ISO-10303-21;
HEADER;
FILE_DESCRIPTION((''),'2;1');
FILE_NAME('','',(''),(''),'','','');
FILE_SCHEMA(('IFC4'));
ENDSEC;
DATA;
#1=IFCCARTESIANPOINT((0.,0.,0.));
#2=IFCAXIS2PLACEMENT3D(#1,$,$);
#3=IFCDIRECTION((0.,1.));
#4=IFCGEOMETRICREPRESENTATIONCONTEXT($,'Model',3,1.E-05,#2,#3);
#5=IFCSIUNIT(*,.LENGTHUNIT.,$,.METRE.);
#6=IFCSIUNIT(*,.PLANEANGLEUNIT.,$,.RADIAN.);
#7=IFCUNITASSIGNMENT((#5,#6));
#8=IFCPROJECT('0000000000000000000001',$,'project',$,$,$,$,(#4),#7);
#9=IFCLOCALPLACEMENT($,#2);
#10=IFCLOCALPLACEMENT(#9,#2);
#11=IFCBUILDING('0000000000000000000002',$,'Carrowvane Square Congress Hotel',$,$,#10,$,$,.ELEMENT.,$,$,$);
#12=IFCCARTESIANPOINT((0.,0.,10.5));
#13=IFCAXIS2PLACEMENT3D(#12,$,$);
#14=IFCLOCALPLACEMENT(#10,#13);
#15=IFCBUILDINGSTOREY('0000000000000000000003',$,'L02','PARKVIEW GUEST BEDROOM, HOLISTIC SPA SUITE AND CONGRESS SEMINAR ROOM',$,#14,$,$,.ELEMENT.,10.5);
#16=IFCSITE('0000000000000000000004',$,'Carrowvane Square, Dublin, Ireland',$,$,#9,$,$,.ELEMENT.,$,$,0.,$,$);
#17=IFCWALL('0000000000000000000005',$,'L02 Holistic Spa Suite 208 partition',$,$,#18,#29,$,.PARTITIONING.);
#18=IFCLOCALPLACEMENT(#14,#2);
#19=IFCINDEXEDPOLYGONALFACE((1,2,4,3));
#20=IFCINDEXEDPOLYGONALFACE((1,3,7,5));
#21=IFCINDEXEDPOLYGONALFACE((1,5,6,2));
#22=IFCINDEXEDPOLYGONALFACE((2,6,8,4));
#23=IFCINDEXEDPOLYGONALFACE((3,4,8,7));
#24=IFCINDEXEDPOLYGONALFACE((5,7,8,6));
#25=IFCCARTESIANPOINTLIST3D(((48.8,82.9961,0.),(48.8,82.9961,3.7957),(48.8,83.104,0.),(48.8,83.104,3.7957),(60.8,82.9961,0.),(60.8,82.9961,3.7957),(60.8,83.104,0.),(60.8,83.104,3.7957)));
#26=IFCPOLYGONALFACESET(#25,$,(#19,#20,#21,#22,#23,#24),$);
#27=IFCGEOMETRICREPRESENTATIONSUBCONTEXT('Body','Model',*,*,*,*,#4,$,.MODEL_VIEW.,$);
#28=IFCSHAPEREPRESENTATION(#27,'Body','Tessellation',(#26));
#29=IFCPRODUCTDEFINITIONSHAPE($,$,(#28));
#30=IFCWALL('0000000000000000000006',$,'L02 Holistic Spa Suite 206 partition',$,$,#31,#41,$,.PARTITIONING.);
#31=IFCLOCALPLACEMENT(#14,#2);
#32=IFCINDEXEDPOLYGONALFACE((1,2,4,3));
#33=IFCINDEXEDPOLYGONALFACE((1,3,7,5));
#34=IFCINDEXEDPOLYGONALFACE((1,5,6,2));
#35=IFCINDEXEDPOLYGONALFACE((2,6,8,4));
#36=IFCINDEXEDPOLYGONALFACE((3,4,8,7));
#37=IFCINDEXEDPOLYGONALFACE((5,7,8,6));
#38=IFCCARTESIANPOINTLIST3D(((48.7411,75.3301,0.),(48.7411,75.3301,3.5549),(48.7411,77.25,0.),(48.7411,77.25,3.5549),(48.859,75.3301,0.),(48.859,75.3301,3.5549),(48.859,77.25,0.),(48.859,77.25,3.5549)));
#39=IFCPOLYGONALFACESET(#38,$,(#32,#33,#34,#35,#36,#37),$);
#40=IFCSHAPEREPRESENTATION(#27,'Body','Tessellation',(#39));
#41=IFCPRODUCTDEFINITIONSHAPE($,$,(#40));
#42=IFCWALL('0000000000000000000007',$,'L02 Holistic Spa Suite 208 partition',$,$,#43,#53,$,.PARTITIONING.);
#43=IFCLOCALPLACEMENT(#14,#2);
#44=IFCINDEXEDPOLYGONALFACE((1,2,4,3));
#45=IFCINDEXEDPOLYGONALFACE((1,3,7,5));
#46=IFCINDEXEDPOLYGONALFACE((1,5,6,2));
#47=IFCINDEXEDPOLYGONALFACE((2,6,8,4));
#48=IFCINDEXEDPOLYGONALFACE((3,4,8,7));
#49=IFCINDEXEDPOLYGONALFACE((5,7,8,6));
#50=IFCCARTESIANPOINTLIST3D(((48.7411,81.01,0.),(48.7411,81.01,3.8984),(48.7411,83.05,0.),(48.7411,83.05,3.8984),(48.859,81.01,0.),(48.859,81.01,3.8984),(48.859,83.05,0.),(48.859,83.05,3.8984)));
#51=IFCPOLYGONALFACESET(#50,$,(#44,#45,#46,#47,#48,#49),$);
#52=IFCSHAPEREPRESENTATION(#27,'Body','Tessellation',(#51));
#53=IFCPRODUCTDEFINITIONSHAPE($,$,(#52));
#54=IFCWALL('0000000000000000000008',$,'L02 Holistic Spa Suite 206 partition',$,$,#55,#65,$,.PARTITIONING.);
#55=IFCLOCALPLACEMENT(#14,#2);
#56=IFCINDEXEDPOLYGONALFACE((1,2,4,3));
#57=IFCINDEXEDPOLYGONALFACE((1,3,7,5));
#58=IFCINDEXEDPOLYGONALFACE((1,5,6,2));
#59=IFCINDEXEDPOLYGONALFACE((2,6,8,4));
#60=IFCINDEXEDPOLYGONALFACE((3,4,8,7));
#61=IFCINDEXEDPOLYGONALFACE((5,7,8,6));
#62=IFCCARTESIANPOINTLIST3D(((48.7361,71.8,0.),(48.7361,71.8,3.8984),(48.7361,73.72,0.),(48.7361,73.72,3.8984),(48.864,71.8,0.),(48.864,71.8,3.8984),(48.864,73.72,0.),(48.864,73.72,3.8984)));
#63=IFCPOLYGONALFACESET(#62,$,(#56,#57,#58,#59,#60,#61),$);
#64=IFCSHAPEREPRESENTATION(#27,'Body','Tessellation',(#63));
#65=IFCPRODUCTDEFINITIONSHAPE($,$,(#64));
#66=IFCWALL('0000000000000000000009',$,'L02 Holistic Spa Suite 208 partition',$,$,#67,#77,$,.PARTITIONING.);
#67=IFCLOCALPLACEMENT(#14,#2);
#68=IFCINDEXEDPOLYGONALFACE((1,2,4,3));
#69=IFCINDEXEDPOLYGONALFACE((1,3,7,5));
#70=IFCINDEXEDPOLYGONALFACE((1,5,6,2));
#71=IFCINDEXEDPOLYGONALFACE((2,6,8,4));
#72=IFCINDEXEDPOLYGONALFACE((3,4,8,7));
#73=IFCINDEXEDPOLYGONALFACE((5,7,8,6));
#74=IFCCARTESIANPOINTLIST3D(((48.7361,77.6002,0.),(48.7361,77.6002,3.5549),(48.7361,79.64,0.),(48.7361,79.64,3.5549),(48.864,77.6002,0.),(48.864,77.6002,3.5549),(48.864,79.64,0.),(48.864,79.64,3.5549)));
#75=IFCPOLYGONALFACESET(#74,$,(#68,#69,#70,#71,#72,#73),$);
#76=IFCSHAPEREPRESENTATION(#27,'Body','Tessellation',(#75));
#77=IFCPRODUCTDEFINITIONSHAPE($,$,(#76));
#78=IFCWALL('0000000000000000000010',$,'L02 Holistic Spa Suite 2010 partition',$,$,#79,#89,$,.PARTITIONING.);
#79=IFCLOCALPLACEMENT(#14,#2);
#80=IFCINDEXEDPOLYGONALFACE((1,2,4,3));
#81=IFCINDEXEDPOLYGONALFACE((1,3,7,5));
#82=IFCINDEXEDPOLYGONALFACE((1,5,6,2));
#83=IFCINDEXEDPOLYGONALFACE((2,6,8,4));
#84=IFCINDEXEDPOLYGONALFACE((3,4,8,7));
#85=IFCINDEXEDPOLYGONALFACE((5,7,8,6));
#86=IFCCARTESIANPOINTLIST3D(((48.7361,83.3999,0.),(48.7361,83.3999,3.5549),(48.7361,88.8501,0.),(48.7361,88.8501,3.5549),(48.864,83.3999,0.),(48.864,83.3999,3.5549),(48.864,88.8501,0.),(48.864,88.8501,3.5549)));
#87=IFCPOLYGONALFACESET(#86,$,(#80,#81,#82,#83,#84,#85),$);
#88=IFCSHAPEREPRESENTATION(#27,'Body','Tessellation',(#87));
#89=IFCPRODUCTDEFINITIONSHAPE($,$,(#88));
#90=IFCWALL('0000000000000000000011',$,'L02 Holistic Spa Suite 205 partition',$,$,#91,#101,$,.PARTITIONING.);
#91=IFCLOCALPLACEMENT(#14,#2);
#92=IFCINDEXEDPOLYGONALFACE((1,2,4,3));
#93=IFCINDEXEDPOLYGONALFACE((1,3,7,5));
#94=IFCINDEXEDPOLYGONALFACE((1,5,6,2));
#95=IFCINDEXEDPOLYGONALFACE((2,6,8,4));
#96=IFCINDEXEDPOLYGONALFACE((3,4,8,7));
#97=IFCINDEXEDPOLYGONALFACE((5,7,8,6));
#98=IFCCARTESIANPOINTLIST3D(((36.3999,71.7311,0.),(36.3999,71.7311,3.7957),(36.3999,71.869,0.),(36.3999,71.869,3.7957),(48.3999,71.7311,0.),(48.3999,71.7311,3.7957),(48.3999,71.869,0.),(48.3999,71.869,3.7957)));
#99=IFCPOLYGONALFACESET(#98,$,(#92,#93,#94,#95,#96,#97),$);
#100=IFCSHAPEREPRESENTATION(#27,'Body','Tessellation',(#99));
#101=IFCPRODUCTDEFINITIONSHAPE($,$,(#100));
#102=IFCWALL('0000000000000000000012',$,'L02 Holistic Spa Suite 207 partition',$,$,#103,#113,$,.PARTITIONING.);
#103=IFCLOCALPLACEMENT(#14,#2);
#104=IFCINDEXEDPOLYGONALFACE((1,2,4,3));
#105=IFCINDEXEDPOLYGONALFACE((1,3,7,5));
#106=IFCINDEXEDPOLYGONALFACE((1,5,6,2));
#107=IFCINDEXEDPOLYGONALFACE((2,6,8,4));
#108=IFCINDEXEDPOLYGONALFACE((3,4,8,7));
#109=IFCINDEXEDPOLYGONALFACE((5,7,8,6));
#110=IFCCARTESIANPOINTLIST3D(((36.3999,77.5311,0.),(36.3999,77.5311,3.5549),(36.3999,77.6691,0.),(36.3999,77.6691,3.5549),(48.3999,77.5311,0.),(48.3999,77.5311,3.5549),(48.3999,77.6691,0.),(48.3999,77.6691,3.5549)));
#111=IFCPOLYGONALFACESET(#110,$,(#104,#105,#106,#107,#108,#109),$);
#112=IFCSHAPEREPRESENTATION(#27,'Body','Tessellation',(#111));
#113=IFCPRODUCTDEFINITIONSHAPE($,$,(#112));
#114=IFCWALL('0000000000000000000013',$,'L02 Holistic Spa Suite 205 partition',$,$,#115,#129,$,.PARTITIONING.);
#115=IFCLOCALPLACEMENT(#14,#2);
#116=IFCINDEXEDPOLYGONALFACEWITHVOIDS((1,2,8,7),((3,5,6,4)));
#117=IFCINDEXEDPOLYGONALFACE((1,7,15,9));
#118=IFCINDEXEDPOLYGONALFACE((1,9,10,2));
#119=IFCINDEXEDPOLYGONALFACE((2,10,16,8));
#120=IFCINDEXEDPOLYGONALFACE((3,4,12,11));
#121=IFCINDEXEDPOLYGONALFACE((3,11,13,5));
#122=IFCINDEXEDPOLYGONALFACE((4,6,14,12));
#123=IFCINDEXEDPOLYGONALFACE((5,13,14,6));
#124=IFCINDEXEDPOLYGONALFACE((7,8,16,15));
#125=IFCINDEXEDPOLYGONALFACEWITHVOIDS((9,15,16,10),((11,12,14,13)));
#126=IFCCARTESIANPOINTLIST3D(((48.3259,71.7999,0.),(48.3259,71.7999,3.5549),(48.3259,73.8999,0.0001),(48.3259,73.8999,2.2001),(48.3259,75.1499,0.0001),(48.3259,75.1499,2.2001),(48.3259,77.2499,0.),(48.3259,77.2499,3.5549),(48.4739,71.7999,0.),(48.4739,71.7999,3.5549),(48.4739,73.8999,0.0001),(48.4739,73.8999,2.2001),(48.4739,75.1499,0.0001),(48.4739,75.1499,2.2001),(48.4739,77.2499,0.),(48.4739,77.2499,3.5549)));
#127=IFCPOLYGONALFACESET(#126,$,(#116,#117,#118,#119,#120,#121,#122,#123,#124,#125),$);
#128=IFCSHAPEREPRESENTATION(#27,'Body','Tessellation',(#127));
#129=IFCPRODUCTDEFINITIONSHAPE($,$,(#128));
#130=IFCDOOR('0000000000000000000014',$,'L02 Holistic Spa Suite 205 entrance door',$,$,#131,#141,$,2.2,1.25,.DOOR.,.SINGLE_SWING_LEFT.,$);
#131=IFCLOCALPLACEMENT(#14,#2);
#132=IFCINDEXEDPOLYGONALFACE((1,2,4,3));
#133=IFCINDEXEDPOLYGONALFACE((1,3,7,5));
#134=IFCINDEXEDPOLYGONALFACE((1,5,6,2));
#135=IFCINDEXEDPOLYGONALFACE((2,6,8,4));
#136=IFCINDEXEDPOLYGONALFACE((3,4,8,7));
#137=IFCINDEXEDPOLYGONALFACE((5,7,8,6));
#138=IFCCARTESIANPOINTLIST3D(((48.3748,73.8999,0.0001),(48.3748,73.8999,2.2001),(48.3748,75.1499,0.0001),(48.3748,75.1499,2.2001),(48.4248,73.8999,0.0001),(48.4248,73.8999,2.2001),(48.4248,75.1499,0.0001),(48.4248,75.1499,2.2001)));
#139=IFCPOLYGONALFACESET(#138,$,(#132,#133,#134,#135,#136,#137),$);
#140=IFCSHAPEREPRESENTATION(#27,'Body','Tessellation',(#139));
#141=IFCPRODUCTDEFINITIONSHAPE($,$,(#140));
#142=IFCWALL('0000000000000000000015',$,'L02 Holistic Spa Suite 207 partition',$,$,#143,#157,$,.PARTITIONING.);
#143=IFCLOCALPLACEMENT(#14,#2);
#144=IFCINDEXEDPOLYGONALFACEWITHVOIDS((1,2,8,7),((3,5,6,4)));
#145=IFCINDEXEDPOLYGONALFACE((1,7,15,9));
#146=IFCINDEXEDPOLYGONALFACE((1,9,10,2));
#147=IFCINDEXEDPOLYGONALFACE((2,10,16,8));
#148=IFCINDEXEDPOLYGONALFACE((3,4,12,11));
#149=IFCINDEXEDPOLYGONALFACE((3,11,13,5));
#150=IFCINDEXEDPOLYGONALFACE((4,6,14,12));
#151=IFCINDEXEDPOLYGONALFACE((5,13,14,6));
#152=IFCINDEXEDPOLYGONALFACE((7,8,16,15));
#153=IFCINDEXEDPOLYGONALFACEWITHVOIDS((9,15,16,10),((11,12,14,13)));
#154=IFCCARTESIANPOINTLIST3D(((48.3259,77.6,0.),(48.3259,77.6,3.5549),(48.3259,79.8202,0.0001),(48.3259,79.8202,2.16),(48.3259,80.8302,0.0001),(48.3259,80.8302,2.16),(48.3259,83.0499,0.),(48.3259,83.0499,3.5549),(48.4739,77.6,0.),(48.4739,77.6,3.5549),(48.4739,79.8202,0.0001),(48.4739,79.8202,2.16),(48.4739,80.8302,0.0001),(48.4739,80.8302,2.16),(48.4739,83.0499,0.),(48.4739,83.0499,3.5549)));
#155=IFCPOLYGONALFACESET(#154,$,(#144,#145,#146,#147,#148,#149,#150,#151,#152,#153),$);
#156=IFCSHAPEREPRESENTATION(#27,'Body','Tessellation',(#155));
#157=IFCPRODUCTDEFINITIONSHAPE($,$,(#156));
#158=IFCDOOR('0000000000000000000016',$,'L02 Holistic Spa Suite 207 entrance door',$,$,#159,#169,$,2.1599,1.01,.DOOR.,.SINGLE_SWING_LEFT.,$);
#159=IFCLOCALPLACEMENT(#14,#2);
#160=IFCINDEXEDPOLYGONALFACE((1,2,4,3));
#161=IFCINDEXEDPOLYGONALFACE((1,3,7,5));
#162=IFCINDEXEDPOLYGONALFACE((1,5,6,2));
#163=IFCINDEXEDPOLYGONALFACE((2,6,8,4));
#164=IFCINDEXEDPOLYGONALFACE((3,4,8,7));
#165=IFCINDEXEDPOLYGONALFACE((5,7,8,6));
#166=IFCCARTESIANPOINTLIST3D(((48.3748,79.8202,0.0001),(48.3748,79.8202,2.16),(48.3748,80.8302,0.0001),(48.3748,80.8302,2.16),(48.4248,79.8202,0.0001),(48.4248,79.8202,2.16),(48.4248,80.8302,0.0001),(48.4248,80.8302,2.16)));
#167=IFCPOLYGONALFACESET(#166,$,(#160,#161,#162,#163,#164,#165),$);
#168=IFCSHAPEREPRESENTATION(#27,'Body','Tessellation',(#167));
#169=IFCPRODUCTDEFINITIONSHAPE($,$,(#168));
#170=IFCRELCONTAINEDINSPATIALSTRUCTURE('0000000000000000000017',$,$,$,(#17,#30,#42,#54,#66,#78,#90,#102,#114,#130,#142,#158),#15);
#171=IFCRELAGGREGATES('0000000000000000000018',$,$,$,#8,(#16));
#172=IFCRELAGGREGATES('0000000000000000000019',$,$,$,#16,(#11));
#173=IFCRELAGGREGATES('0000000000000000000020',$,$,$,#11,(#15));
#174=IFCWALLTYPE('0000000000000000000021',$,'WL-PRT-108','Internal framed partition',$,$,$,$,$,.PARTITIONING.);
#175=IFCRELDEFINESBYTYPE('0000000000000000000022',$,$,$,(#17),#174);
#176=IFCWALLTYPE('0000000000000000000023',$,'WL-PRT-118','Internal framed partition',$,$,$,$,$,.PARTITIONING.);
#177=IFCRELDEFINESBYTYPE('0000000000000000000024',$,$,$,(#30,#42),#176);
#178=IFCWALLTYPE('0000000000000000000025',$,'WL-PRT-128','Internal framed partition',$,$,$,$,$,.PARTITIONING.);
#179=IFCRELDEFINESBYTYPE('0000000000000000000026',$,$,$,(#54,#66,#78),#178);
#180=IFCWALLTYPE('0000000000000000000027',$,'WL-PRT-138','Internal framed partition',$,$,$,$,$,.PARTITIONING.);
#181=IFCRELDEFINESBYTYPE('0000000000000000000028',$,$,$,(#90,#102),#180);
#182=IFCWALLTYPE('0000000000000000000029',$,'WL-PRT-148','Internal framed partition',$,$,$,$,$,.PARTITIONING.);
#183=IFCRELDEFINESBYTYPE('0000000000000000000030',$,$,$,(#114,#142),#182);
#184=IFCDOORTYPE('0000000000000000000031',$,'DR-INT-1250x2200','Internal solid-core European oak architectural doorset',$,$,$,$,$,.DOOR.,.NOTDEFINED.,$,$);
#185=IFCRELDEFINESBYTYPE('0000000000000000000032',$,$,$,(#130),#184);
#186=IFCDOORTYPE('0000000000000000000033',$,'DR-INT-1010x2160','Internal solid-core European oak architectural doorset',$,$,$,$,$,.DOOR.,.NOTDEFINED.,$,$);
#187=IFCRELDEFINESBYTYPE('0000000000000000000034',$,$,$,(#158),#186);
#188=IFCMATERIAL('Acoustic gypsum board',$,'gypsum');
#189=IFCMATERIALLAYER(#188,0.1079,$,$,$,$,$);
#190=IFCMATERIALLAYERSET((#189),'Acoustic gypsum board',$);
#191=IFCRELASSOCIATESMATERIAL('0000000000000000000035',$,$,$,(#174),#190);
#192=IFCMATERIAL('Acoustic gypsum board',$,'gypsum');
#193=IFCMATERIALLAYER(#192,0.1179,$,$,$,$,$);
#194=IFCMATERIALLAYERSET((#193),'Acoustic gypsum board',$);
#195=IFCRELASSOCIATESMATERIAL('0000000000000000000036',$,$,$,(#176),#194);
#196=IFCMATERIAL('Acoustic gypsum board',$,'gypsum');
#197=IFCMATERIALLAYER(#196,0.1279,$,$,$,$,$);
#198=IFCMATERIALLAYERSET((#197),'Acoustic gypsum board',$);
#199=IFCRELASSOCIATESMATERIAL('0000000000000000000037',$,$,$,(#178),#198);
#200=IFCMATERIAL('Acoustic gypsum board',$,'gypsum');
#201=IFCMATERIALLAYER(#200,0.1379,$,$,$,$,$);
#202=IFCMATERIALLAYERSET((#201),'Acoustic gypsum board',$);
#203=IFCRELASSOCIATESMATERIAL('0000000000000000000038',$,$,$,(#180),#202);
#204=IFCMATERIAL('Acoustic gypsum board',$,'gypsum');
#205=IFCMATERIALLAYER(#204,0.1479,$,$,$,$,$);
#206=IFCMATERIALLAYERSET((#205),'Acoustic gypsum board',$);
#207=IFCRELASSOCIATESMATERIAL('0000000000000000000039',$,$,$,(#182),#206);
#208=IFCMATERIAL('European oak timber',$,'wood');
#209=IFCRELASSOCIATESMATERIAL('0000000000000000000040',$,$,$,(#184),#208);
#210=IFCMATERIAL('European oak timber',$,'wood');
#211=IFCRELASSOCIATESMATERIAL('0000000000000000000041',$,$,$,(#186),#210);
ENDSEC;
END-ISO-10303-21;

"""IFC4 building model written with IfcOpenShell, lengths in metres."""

from ifc_helpers import new_model, si_unit, direction, frame, frame_2d, origin, place, context, subcontext, project, spatial, rectangle, extrude, material, layer, layer_set, type_object, element, fill, save


model = new_model("IFC4")

# Units and contexts
model_context = context("Model", 3, precision=1e-05, world=origin(), true_north=direction((0.0, 1.0)))
body_context = subcontext(model_context, "Body", "Model", "MODEL_VIEW")
ifc_project = project(units=[si_unit("LENGTHUNIT", "METRE"), si_unit("PLANEANGLEUNIT", "RADIAN")], contexts=[model_context])

# Site, building, storey
site_placement = place(None, origin())
site = spatial("IfcSite", under=ifc_project, at=site_placement, Name="Carrowvane Square, Dublin, Ireland", CompositionType="ELEMENT", RefElevation=0.0)
building_placement = place(site_placement, origin())
building = spatial("IfcBuilding", under=site, at=building_placement, Name="Carrowvane Square Congress Hotel", CompositionType="ELEMENT")
storey_placement = place(building_placement, frame((0.0, 0.0, 10.5)))
storey = spatial("IfcBuildingStorey", under=building, at=storey_placement, Name="L02", Description="PARKVIEW GUEST BEDROOM, HOLISTIC SPA SUITE AND CONGRESS SEMINAR ROOM", CompositionType="ELEMENT", Elevation=10.5)

# Walls
ifc_material_1 = material(Name="Acoustic gypsum board", Category="gypsum")
ifc_layer_1 = layer(ifc_material_1, 0.1079)
ifc_layer_set_1 = layer_set([ifc_layer_1], Name="Acoustic gypsum board")
wall_type_1 = type_object("IfcWallType", Name="WL-PRT-108", Description="Internal framed partition", PredefinedType="PARTITIONING", material=ifc_layer_set_1)
wall_1_placement = place(storey_placement, frame((48.8, 83.05, 0.0), z_axis=(0.0, 0.0, 1.0), x_axis=(1.0, 0.0, 0.0)))
element("IfcWall", 1, at=wall_1_placement, inside=storey, type_object=wall_type_1, Name="L02 Holistic Spa Suite 208 partition", PredefinedType="PARTITIONING", context=body_context, shape_type="SweptSolid", body=[
    extrude(rectangle(XDim=12.0, YDim=0.1079, at=frame_2d((6.0, 0.0))), origin(), (0.0, 0.0, 1.0), 3.7957),
])
ifc_material_2 = material(Name="Acoustic gypsum board", Category="gypsum")
ifc_layer_2 = layer(ifc_material_2, 0.1179)
ifc_layer_set_2 = layer_set([ifc_layer_2], Name="Acoustic gypsum board")
wall_type_2 = type_object("IfcWallType", Name="WL-PRT-118", Description="Internal framed partition", PredefinedType="PARTITIONING", material=ifc_layer_set_2)
wall_2_placement = place(storey_placement, frame((48.8, 75.3301, 0.0), z_axis=(0.0, 0.0, 1.0), x_axis=(0.0, 1.0, 0.0)))
element("IfcWall", 2, at=wall_2_placement, inside=storey, type_object=wall_type_2, Name="L02 Holistic Spa Suite 206 partition", PredefinedType="PARTITIONING", context=body_context, shape_type="SweptSolid", body=[
    extrude(rectangle(XDim=1.9199, YDim=0.1179, at=frame_2d((0.96, 0.0))), origin(), (0.0, 0.0, 1.0), 3.5549),
])
wall_3_placement = place(storey_placement, frame((48.8, 81.01, 0.0), z_axis=(0.0, 0.0, 1.0), x_axis=(0.0, 1.0, 0.0)))
element("IfcWall", 3, at=wall_3_placement, inside=storey, type_object=wall_type_2, Name="L02 Holistic Spa Suite 208 partition", PredefinedType="PARTITIONING", context=body_context, shape_type="SweptSolid", body=[
    extrude(rectangle(XDim=2.04, YDim=0.1179, at=frame_2d((1.02, 0.0))), origin(), (0.0, 0.0, 1.0), 3.8984),
])
ifc_material_3 = material(Name="Acoustic gypsum board", Category="gypsum")
ifc_layer_3 = layer(ifc_material_3, 0.1279)
ifc_layer_set_3 = layer_set([ifc_layer_3], Name="Acoustic gypsum board")
wall_type_3 = type_object("IfcWallType", Name="WL-PRT-128", Description="Internal framed partition", PredefinedType="PARTITIONING", material=ifc_layer_set_3)
wall_4_placement = place(storey_placement, frame((48.8, 71.8, 0.0), z_axis=(0.0, 0.0, 1.0), x_axis=(0.0, 1.0, 0.0)))
element("IfcWall", 4, at=wall_4_placement, inside=storey, type_object=wall_type_3, Name="L02 Holistic Spa Suite 206 partition", PredefinedType="PARTITIONING", context=body_context, shape_type="SweptSolid", body=[
    extrude(rectangle(XDim=1.9199, YDim=0.1279, at=frame_2d((0.96, 0.0))), origin(), (0.0, 0.0, 1.0), 3.8984),
])
wall_5_placement = place(storey_placement, frame((48.8, 77.6001, 0.0), z_axis=(0.0, 0.0, 1.0), x_axis=(0.0, 1.0, 0.0)))
element("IfcWall", 5, at=wall_5_placement, inside=storey, type_object=wall_type_3, Name="L02 Holistic Spa Suite 208 partition", PredefinedType="PARTITIONING", context=body_context, shape_type="SweptSolid", body=[
    extrude(rectangle(XDim=2.0398, YDim=0.1279, at=frame_2d((1.02, 0.0))), origin(), (0.0, 0.0, 1.0), 3.5549),
])
wall_6_placement = place(storey_placement, frame((48.8, 83.3999, 0.0), z_axis=(0.0, 0.0, 1.0), x_axis=(0.0, 1.0, 0.0)))
element("IfcWall", 6, at=wall_6_placement, inside=storey, type_object=wall_type_3, Name="L02 Holistic Spa Suite 2010 partition", PredefinedType="PARTITIONING", context=body_context, shape_type="SweptSolid", body=[
    extrude(rectangle(XDim=5.4502, YDim=0.1279, at=frame_2d((2.7251, 0.0))), origin(), (0.0, 0.0, 1.0), 3.5549),
])
ifc_material_4 = material(Name="Acoustic gypsum board", Category="gypsum")
ifc_layer_4 = layer(ifc_material_4, 0.1379)
ifc_layer_set_4 = layer_set([ifc_layer_4], Name="Acoustic gypsum board")
wall_type_4 = type_object("IfcWallType", Name="WL-PRT-138", Description="Internal framed partition", PredefinedType="PARTITIONING", material=ifc_layer_set_4)
wall_7_placement = place(storey_placement, frame((48.3999, 71.8, 0.0), z_axis=(0.0, 0.0, 1.0), x_axis=(-1.0, 0.0, 0.0)))
element("IfcWall", 7, at=wall_7_placement, inside=storey, type_object=wall_type_4, Name="L02 Holistic Spa Suite 205 partition", PredefinedType="PARTITIONING", context=body_context, shape_type="SweptSolid", body=[
    extrude(rectangle(XDim=12.0, YDim=0.1379, at=frame_2d((6.0, 0.0))), origin(), (0.0, 0.0, 1.0), 3.7957),
])
wall_8_placement = place(storey_placement, frame((48.3999, 77.6001, 0.0), z_axis=(0.0, 0.0, 1.0), x_axis=(-1.0, 0.0, 0.0)))
element("IfcWall", 8, at=wall_8_placement, inside=storey, type_object=wall_type_4, Name="L02 Holistic Spa Suite 207 partition", PredefinedType="PARTITIONING", context=body_context, shape_type="SweptSolid", body=[
    extrude(rectangle(XDim=12.0, YDim=0.1379, at=frame_2d((6.0, 0.0))), origin(), (0.0, 0.0, 1.0), 3.5549),
])

# Walls, openings, doors
ifc_material_5 = material(Name="Acoustic gypsum board", Category="gypsum")
ifc_layer_5 = layer(ifc_material_5, 0.1479)
ifc_layer_set_5 = layer_set([ifc_layer_5], Name="Acoustic gypsum board")
wall_type_5 = type_object("IfcWallType", Name="WL-PRT-148", Description="Internal framed partition", PredefinedType="PARTITIONING", material=ifc_layer_set_5)
wall_9_placement = place(storey_placement, frame((48.3999, 77.25, 0.0), z_axis=(0.0, 0.0, 1.0), x_axis=(0.0, -1.0, 0.0)))
wall_9 = element("IfcWall", 9, at=wall_9_placement, inside=storey, type_object=wall_type_5, Name="L02 Holistic Spa Suite 205 partition", PredefinedType="PARTITIONING", context=body_context, shape_type="SweptSolid", body=[
    extrude(rectangle(XDim=5.45, YDim=0.1479, at=frame_2d((2.7251, 0.0))), origin(), (0.0, 0.0, 1.0), 3.5549),
])
opening_1_placement = place(wall_9_placement, frame((2.1001, 0.0, 0.0)))
opening_1 = element("IfcOpeningElement", 10, at=opening_1_placement, cuts=wall_9, PredefinedType="OPENING", context=body_context, shape_type="SweptSolid", body=[
    extrude(rectangle(XDim=1.25, YDim=2.2, at=frame_2d((0.625, 1.1001))), frame((0.0, 0.084, 0.0), z_axis=(0.0, -1.0, 0.0), x_axis=(1.0, 0.0, 0.0)), (0.0, 0.0, 1.0), 0.168),
])
ifc_material_6 = material(Name="European oak timber", Category="wood")
door_type_1 = type_object("IfcDoorType", Name="DR-INT-1250x2200", Description="Internal solid-core European oak architectural doorset", OperationType="NOTDEFINED", PredefinedType="DOOR", material=ifc_material_6)
door_1_placement = place(opening_1_placement, origin())
door_1 = element("IfcDoor", 11, at=door_1_placement, inside=storey, type_object=door_type_1, Name="L02 Holistic Spa Suite 205 entrance door", OperationType="SINGLE_SWING_LEFT", OverallHeight=2.2, OverallWidth=1.25, PredefinedType="DOOR", context=body_context, shape_type="SweptSolid", body=[
    extrude(rectangle(XDim=1.25, YDim=2.2, at=frame_2d((0.625, 1.1001))), frame((0.0, 0.0249, 0.0), z_axis=(0.0, -1.0, 0.0), x_axis=(1.0, 0.0, 0.0)), (0.0, 0.0, 1.0), 0.05),
])
fill(opening_1, door_1)
wall_10_placement = place(storey_placement, frame((48.3999, 83.05, 0.0), z_axis=(0.0, 0.0, 1.0), x_axis=(0.0, -1.0, 0.0)))
wall_10 = element("IfcWall", 12, at=wall_10_placement, inside=storey, type_object=wall_type_5, Name="L02 Holistic Spa Suite 207 partition", PredefinedType="PARTITIONING", context=body_context, shape_type="SweptSolid", body=[
    extrude(rectangle(XDim=5.45, YDim=0.1479, at=frame_2d((2.7251, 0.0))), origin(), (0.0, 0.0, 1.0), 3.5549),
])
opening_2_placement = place(wall_10_placement, frame((2.22, 0.0, 0.0)))
opening_2 = element("IfcOpeningElement", 13, at=opening_2_placement, cuts=wall_10, PredefinedType="OPENING", context=body_context, shape_type="SweptSolid", body=[
    extrude(rectangle(XDim=1.01, YDim=2.1599, at=frame_2d((0.5049, 1.0801))), frame((0.0, 0.084, 0.0), z_axis=(0.0, -1.0, 0.0), x_axis=(1.0, 0.0, 0.0)), (0.0, 0.0, 1.0), 0.168),
])
ifc_material_7 = material(Name="European oak timber", Category="wood")
door_type_2 = type_object("IfcDoorType", Name="DR-INT-1010x2160", Description="Internal solid-core European oak architectural doorset", OperationType="NOTDEFINED", PredefinedType="DOOR", material=ifc_material_7)
door_2_placement = place(opening_2_placement, origin())
door_2 = element("IfcDoor", 14, at=door_2_placement, inside=storey, type_object=door_type_2, Name="L02 Holistic Spa Suite 207 entrance door", OperationType="SINGLE_SWING_LEFT", OverallHeight=2.1599, OverallWidth=1.01, PredefinedType="DOOR", context=body_context, shape_type="SweptSolid", body=[
    extrude(rectangle(XDim=1.01, YDim=2.1599, at=frame_2d((0.5049, 1.0801))), frame((0.0, 0.0249, 0.0), z_axis=(0.0, -1.0, 0.0), x_axis=(1.0, 0.0, 0.0)), (0.0, 0.0, 1.0), 0.05),
])
fill(opening_2, door_2)

save(model, "model.ifc")
